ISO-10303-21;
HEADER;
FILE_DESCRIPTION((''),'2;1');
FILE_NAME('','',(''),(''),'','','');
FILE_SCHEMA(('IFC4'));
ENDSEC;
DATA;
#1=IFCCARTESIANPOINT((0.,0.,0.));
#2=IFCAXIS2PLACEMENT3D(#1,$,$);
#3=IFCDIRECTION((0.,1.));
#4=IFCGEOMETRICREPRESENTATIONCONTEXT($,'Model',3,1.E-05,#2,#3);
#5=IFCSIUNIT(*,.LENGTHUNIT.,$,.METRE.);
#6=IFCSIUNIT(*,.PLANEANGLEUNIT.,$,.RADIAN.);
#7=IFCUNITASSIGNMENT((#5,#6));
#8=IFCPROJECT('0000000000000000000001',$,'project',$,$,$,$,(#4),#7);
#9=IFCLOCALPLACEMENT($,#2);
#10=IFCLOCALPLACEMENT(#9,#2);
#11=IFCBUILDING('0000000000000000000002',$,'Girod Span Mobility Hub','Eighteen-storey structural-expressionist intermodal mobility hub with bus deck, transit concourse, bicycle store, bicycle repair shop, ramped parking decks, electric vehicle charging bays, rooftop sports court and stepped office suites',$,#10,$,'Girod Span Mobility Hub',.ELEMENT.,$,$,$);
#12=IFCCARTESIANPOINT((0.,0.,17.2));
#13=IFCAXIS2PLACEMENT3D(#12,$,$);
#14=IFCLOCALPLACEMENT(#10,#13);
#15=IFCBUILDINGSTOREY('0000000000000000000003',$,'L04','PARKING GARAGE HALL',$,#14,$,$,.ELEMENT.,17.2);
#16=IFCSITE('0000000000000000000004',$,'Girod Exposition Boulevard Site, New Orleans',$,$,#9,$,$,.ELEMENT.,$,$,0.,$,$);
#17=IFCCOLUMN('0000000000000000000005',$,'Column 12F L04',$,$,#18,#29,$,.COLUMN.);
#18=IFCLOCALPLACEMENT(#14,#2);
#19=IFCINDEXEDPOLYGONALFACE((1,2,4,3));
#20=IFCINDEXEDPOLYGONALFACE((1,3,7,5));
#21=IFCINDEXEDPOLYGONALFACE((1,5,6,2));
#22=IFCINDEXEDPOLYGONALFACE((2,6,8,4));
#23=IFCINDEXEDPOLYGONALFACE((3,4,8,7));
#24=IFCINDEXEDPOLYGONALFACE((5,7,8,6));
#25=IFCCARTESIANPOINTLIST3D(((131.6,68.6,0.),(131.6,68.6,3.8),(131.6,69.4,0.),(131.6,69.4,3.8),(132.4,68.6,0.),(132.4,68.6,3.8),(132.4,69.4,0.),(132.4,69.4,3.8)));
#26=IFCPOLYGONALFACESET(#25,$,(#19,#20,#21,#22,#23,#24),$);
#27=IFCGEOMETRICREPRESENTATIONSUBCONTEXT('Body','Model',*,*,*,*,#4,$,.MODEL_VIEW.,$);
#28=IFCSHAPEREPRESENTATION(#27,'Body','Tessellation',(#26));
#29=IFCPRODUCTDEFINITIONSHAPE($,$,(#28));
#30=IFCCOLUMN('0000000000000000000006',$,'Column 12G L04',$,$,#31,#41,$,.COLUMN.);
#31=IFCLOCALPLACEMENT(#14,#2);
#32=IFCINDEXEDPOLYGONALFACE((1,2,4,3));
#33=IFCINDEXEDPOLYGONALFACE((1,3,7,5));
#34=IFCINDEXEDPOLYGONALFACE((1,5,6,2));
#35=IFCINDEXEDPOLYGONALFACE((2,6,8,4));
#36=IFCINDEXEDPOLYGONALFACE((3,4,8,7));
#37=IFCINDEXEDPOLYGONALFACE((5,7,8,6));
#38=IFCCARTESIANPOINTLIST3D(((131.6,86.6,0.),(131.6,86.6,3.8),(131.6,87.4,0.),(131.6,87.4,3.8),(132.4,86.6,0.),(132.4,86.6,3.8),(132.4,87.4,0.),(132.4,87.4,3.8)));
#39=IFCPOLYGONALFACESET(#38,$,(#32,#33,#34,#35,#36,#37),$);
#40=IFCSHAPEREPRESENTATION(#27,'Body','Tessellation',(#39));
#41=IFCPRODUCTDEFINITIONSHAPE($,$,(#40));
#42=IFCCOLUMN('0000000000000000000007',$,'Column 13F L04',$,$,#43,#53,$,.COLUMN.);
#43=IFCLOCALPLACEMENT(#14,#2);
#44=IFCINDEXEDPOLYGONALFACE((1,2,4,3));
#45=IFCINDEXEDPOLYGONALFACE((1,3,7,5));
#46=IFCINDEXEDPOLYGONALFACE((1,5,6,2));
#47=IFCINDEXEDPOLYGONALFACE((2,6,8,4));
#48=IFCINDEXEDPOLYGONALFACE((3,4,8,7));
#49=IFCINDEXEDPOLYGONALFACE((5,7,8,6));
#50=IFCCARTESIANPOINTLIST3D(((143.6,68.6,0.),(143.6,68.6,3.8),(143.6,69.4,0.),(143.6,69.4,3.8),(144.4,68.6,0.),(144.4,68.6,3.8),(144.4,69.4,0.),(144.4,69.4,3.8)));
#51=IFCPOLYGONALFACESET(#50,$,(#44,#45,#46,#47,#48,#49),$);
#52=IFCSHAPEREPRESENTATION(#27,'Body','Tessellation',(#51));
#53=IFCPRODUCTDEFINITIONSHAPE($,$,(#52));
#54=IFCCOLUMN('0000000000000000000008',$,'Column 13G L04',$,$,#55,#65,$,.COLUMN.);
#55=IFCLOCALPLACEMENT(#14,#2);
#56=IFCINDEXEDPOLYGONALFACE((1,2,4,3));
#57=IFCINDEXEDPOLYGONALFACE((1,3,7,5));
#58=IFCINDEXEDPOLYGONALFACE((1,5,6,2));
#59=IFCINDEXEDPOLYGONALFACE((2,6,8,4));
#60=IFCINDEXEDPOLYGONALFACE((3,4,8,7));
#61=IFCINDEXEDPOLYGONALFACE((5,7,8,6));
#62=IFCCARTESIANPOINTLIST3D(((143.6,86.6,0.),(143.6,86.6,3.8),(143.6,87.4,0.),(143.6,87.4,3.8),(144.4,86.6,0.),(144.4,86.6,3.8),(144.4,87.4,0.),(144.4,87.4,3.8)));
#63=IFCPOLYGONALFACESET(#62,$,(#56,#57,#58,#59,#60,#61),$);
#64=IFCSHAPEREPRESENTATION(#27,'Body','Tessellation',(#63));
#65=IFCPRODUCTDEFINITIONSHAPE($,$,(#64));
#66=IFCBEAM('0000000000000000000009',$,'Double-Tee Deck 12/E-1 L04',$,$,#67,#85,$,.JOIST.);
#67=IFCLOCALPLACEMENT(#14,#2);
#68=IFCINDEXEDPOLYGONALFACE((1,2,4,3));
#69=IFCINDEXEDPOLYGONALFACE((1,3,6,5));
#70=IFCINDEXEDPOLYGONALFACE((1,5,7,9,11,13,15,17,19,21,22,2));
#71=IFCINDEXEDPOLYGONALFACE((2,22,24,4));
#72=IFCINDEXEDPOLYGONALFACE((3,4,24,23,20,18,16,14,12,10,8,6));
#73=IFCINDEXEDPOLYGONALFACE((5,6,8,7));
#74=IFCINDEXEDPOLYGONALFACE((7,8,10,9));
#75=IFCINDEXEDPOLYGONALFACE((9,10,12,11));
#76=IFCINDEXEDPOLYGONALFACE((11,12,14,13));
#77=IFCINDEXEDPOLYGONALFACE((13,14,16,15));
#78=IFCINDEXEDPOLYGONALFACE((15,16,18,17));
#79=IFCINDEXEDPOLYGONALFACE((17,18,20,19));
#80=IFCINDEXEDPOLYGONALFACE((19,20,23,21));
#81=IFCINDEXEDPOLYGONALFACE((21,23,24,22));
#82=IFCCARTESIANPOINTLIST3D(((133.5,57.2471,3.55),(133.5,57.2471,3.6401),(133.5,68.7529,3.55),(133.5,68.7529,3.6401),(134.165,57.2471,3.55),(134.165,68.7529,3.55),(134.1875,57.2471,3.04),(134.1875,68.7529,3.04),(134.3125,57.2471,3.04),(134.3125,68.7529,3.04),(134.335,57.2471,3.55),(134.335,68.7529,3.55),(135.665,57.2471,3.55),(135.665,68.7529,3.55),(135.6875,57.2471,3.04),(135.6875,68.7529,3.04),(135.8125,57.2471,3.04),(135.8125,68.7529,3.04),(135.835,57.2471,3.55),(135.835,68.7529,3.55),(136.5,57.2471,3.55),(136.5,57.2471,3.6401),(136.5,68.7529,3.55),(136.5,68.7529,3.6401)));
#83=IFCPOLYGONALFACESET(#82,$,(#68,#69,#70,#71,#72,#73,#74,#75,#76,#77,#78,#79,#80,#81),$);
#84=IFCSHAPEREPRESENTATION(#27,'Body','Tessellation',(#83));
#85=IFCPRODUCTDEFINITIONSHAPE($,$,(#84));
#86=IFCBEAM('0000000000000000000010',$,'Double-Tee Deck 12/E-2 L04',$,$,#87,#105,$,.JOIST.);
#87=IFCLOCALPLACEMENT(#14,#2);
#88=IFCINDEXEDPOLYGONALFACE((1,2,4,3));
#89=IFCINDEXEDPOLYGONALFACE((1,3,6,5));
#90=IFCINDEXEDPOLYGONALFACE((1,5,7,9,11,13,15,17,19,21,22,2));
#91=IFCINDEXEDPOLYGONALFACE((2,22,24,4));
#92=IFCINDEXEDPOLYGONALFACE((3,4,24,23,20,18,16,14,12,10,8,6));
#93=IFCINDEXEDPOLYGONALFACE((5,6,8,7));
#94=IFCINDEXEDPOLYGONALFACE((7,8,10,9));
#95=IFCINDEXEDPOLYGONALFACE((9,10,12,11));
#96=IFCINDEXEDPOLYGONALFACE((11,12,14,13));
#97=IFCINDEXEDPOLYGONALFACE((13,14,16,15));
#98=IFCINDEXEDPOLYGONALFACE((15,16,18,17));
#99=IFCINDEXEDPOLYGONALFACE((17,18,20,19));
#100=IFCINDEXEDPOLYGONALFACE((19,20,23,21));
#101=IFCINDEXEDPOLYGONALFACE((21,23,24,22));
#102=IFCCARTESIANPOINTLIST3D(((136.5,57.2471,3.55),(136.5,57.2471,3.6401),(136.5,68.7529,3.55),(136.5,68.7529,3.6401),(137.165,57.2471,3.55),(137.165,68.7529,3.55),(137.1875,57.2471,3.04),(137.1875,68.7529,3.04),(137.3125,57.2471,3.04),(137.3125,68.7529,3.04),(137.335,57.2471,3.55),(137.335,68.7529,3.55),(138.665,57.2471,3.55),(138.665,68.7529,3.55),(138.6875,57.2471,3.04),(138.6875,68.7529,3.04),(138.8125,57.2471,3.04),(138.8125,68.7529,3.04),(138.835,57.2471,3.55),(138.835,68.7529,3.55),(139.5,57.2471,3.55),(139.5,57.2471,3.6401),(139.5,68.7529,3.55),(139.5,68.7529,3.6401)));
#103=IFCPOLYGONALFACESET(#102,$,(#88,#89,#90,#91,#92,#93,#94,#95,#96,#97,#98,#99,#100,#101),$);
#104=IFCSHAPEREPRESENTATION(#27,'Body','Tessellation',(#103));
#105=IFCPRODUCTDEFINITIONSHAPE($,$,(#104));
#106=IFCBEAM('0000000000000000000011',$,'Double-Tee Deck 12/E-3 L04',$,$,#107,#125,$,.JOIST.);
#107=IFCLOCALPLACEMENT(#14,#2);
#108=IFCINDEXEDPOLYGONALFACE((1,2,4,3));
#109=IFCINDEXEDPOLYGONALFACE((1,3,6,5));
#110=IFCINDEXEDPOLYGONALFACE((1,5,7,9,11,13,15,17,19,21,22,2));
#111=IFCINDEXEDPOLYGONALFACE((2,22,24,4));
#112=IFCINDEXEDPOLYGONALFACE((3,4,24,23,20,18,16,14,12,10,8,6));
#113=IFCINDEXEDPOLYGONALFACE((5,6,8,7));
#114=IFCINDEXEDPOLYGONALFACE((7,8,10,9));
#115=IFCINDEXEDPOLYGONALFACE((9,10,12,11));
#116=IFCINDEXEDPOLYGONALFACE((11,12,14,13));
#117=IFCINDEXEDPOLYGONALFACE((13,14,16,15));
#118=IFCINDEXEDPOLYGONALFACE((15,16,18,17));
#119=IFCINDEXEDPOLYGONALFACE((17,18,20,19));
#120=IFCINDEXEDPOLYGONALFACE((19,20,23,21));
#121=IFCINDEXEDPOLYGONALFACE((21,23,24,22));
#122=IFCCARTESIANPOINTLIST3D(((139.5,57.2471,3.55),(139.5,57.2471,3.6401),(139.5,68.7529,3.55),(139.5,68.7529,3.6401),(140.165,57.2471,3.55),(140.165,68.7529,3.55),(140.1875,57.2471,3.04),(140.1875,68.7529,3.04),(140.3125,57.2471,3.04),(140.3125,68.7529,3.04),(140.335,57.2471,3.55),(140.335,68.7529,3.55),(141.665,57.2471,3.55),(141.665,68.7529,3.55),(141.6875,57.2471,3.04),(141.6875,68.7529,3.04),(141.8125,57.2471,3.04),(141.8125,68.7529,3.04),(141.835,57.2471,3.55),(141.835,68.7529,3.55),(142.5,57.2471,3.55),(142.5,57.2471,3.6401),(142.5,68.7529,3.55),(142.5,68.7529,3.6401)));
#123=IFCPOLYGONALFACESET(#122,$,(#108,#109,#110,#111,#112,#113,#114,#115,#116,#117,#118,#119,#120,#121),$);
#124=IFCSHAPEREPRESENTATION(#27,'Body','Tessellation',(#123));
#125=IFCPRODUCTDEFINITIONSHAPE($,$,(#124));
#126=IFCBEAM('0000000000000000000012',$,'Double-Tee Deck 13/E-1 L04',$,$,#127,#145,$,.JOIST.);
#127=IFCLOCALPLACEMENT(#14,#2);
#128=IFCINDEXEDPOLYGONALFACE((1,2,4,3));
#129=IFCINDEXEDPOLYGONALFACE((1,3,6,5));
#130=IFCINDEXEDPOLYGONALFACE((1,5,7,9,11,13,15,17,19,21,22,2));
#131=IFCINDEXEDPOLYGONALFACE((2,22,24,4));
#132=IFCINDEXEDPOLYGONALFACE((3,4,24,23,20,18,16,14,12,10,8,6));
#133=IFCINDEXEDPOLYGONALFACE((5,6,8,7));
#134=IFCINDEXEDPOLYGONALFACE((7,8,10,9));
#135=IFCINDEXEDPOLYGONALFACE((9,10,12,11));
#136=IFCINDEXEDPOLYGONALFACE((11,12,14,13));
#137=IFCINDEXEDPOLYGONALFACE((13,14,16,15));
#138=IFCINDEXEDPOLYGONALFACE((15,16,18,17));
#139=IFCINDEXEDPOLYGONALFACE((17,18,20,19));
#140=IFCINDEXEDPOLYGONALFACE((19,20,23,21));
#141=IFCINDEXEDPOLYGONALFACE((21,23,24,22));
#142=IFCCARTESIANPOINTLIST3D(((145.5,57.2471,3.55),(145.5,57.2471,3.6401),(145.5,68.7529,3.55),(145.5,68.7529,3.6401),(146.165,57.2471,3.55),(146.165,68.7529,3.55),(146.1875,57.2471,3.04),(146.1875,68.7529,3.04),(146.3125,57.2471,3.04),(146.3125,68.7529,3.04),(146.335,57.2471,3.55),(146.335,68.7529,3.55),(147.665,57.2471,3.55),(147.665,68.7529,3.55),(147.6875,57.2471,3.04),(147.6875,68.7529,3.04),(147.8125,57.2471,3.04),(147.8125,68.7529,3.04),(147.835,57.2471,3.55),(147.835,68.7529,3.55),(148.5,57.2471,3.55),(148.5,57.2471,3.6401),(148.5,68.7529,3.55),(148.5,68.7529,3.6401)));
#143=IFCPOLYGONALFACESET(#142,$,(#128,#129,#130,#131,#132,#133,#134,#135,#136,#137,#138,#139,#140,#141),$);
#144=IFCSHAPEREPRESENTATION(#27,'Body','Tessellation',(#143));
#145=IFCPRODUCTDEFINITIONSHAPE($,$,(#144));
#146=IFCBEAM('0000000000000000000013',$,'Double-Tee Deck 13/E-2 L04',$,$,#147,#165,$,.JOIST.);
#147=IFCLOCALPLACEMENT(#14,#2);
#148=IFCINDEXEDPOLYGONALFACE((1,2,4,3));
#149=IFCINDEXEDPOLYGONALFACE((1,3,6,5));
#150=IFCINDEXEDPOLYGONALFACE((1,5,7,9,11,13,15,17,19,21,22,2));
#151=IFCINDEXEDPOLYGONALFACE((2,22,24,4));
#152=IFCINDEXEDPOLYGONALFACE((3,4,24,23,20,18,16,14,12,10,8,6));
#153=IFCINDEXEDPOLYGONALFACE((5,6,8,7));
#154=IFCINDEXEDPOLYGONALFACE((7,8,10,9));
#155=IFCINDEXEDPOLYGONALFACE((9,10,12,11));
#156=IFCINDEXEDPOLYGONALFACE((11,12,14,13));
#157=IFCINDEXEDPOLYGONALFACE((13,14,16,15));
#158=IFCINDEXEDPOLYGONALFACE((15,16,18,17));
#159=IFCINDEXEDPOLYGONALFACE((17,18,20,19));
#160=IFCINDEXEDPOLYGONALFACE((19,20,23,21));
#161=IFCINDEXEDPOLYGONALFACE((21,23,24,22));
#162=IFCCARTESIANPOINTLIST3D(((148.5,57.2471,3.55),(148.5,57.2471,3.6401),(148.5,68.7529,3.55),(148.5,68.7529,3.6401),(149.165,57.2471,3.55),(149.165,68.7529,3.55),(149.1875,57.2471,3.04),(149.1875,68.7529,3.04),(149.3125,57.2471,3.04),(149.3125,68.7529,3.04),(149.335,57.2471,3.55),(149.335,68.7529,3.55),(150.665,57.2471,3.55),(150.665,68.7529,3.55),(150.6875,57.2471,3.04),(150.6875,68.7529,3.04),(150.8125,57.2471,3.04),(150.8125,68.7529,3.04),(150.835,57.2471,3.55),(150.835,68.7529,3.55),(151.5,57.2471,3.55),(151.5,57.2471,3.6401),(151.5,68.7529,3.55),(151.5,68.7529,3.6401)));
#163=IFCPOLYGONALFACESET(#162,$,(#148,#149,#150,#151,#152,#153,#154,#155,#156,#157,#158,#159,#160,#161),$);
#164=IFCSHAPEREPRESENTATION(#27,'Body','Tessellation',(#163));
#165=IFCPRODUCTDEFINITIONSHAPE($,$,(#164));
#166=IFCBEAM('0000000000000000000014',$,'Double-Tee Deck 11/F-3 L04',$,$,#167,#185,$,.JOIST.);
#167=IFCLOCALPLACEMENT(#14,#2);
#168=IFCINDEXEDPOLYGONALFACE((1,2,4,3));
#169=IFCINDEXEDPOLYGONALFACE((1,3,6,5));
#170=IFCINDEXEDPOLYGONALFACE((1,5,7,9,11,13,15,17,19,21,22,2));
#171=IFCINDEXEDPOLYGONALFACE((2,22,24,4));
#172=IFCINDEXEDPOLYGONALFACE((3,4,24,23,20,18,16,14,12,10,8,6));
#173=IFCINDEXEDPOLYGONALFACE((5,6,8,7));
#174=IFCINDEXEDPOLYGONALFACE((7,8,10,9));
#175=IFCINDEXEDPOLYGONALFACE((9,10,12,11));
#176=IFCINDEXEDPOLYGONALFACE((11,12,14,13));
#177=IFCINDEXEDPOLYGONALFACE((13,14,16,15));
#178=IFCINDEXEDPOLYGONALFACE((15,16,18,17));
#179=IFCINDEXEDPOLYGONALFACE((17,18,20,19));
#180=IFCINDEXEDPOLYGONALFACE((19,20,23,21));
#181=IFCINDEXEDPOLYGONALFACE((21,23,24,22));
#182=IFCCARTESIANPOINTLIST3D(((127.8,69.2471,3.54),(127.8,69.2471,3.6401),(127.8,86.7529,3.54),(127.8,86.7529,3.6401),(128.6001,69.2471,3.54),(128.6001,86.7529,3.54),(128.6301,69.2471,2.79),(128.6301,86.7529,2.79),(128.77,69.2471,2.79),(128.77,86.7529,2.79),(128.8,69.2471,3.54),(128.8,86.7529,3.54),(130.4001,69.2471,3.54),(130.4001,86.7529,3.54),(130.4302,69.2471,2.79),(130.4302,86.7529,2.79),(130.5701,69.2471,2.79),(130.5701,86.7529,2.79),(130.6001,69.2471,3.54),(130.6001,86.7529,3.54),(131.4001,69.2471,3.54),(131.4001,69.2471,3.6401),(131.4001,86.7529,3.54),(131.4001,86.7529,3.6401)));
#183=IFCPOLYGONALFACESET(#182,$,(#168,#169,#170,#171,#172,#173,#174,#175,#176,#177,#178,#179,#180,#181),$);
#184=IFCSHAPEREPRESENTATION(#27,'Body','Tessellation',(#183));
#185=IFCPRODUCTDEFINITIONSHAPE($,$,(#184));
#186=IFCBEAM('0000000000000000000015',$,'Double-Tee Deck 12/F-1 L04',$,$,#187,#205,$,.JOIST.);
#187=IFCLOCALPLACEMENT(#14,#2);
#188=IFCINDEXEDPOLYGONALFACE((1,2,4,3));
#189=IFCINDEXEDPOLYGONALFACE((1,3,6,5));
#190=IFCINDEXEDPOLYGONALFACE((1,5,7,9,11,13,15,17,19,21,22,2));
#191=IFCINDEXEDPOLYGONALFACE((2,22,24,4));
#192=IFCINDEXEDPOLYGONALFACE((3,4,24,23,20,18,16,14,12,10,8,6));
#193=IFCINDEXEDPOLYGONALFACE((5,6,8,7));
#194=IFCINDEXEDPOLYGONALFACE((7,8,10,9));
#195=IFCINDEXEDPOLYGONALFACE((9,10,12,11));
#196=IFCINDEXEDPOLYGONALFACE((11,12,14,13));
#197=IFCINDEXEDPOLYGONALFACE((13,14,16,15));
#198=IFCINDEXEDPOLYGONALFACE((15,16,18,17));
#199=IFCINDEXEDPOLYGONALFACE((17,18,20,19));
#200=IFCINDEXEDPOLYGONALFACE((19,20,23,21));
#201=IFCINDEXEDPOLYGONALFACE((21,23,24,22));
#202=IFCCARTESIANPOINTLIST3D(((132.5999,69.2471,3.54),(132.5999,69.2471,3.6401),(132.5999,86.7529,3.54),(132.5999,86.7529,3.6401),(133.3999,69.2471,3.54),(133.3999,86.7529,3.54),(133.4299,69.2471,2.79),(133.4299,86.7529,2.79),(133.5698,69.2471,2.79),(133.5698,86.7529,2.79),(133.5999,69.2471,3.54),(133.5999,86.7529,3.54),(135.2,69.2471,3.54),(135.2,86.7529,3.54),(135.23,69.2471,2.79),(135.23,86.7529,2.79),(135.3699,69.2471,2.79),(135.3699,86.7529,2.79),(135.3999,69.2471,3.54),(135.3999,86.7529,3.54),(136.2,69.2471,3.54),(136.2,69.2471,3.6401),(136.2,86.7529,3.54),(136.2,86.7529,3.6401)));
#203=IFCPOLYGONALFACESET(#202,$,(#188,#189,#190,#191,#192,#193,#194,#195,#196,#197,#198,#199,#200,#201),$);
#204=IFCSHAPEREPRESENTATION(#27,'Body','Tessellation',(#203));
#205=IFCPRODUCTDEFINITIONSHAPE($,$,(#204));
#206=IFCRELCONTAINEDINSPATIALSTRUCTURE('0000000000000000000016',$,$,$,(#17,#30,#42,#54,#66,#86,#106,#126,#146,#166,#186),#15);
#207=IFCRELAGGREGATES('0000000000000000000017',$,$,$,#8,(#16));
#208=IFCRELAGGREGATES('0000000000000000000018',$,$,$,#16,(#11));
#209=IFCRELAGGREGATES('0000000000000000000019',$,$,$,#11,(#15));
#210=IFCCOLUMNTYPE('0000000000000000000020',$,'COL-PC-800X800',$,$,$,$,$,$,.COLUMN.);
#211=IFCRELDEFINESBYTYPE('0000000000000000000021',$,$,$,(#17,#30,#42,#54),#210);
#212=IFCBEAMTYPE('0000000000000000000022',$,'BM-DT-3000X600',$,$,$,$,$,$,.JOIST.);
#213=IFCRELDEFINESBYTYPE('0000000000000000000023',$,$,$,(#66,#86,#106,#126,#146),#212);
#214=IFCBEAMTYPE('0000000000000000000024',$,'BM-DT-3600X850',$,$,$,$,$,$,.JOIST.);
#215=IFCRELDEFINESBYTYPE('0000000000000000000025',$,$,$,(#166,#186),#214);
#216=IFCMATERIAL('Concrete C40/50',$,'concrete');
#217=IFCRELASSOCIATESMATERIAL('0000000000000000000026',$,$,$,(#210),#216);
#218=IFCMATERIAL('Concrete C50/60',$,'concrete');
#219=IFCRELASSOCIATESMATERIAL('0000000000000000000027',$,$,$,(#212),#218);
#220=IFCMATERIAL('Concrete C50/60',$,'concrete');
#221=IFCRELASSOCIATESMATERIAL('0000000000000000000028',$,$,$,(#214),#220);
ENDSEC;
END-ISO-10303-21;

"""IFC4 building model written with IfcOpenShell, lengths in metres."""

from ifc_helpers import new_model, si_unit, direction, frame, origin, origin_2d, place, context, subcontext, project, spatial, polyline, rectangle, outline, extrude, material, material_profile, profile_set, type_object, element, save


model = new_model("IFC4")

# Units and contexts
model_context = context("Model", 3, precision=1e-05, world=origin(), true_north=direction((0.0, 1.0)))
body_context = subcontext(model_context, "Body", "Model", "MODEL_VIEW")
ifc_project = project(units=[si_unit("LENGTHUNIT", "METRE"), si_unit("PLANEANGLEUNIT", "RADIAN")], contexts=[model_context])

# Site, building, storey
site_placement = place(None, origin())
site = spatial("IfcSite", under=ifc_project, at=site_placement, Name="Girod Exposition Boulevard Site, New Orleans", CompositionType="ELEMENT", RefElevation=0.0)
building_placement = place(site_placement, origin())
building = spatial("IfcBuilding", under=site, at=building_placement, Name="Girod Span Mobility Hub", Description="Eighteen-storey structural-expressionist intermodal mobility hub with bus deck, transit concourse, bicycle store, bicycle repair shop, ramped parking decks, electric vehicle charging bays, rooftop sports court and stepped office suites", LongName="Girod Span Mobility Hub", CompositionType="ELEMENT")
storey_placement = place(building_placement, frame((0.0, 0.0, 17.2)))
storey = spatial("IfcBuildingStorey", under=building, at=storey_placement, Name="L04", Description="PARKING GARAGE HALL", CompositionType="ELEMENT", Elevation=17.2)

# Columns
ifc_material_1 = material(Name="Concrete C40/50", Category="concrete")
ifc_material_profile_1 = material_profile(ifc_material_1, rectangle(XDim=0.8, YDim=0.8, at=origin_2d()), Name="PC-COL-800X800")
ifc_profile_set_1 = profile_set([ifc_material_profile_1], Name="Concrete C40/50")
column_type = type_object("IfcColumnType", Name="COL-PC-800X800", PredefinedType="COLUMN", material=ifc_profile_set_1)
for number, where, z_axis, x_axis, name in (
    (1, (132.0, 69.0, 0.0), (0.0, 0.0, 1.0), (1.0, 0.0, 0.0), "Column 12F L04"),
    (2, (132.0, 87.0, 0.0), (0.0, 0.0, 1.0), (1.0, 0.0, 0.0), "Column 12G L04"),
    (3, (144.0, 69.0, 0.0), (0.0, 0.0, 1.0), (1.0, 0.0, 0.0), "Column 13F L04"),
    (4, (144.0, 87.0, 0.0), (0.0, 0.0, 1.0), (1.0, 0.0, 0.0), "Column 13G L04"),
):
    element("IfcColumn", number, at=place(storey_placement, frame(where, z_axis=z_axis, x_axis=x_axis)), inside=storey, type_object=column_type, Name=name, PredefinedType="COLUMN", context=body_context, shape_type="SweptSolid", body=[
        extrude(rectangle(XDim=0.8, YDim=0.8, at=origin_2d()), origin(), (0.0, 0.0, 1.0), 3.8),
    ])

# Beams
ifc_material_2 = material(Name="Concrete C50/60", Category="concrete")
ifc_material_profile_2 = material_profile(ifc_material_2, outline(polyline([(-1.5, 0.3), (-1.5, 0.21), (-0.835, 0.21), (-0.8125, -0.3), (-0.6875, -0.3), (-0.665, 0.21), (0.665, 0.21), (0.6875, -0.3), (0.8125, -0.3), (0.835, 0.21), (1.5, 0.21), (1.5, 0.3), (-1.5, 0.3)])), Name="DT-3000X600")
ifc_profile_set_2 = profile_set([ifc_material_profile_2], Name="Concrete C50/60")
beam_type_1 = type_object("IfcBeamType", Name="BM-DT-3000X600", PredefinedType="JOIST", material=ifc_profile_set_2)
for number, where, z_axis, x_axis, name in (
    (5, (135.0, 57.2471, 3.3401), (0.0, 1.0, 0.0), (-1.0, 0.0, 0.0), "Double-Tee Deck 12/E-1 L04"),
    (6, (138.0, 57.2471, 3.3401), (0.0, 1.0, 0.0), (-1.0, 0.0, 0.0), "Double-Tee Deck 12/E-2 L04"),
    (7, (141.0, 57.2471, 3.3401), (0.0, 1.0, 0.0), (-1.0, 0.0, 0.0), "Double-Tee Deck 12/E-3 L04"),
    (8, (147.0, 57.2471, 3.3401), (0.0, 1.0, 0.0), (-1.0, 0.0, 0.0), "Double-Tee Deck 13/E-1 L04"),
    (9, (150.0, 57.2471, 3.3401), (0.0, 1.0, 0.0), (-1.0, 0.0, 0.0), "Double-Tee Deck 13/E-2 L04"),
):
    element("IfcBeam", number, at=place(storey_placement, frame(where, z_axis=z_axis, x_axis=x_axis)), inside=storey, type_object=beam_type_1, Name=name, PredefinedType="JOIST", context=body_context, shape_type="SweptSolid", body=[
        extrude(outline(polyline([(-1.5, 0.3), (-1.5, 0.21), (-0.835, 0.21), (-0.8125, -0.3), (-0.6875, -0.3), (-0.665, 0.21), (0.665, 0.21), (0.6875, -0.3), (0.8125, -0.3), (0.835, 0.21), (1.5, 0.21), (1.5, 0.3), (-1.5, 0.3)])), origin(), (0.0, 0.0, 1.0), 11.5059),
    ])
ifc_material_3 = material(Name="Concrete C50/60", Category="concrete")
ifc_material_profile_3 = material_profile(ifc_material_3, outline(polyline([(-1.8, 0.425), (-1.8, 0.325), (-1.0, 0.325), (-0.97, -0.425), (-0.8301, -0.425), (-0.8, 0.325), (0.8, 0.325), (0.8301, -0.425), (0.97, -0.425), (1.0, 0.325), (1.8, 0.325), (1.8, 0.425), (-1.8, 0.425)])), Name="DT-3600X850")
ifc_profile_set_3 = profile_set([ifc_material_profile_3], Name="Concrete C50/60")
beam_type_2 = type_object("IfcBeamType", Name="BM-DT-3600X850", PredefinedType="JOIST", material=ifc_profile_set_3)
for number, where, z_axis, x_axis, name in (
    (10, (129.6001, 69.2471, 3.2151), (0.0, 1.0, 0.0), (-1.0, 0.0, 0.0), "Double-Tee Deck 11/F-3 L04"),
    (11, (134.3999, 69.2471, 3.2151), (0.0, 1.0, 0.0), (-1.0, 0.0, 0.0), "Double-Tee Deck 12/F-1 L04"),
):
    element("IfcBeam", number, at=place(storey_placement, frame(where, z_axis=z_axis, x_axis=x_axis)), inside=storey, type_object=beam_type_2, Name=name, PredefinedType="JOIST", context=body_context, shape_type="SweptSolid", body=[
        extrude(outline(polyline([(-1.8, 0.425), (-1.8, 0.325), (-1.0, 0.325), (-0.97, -0.425), (-0.8301, -0.425), (-0.8, 0.325), (0.8, 0.325), (0.8301, -0.425), (0.97, -0.425), (1.0, 0.325), (1.8, 0.325), (1.8, 0.425), (-1.8, 0.425)])), origin(), (0.0, 0.0, 1.0), 17.5059),
    ])

save(model, "model.ifc")
